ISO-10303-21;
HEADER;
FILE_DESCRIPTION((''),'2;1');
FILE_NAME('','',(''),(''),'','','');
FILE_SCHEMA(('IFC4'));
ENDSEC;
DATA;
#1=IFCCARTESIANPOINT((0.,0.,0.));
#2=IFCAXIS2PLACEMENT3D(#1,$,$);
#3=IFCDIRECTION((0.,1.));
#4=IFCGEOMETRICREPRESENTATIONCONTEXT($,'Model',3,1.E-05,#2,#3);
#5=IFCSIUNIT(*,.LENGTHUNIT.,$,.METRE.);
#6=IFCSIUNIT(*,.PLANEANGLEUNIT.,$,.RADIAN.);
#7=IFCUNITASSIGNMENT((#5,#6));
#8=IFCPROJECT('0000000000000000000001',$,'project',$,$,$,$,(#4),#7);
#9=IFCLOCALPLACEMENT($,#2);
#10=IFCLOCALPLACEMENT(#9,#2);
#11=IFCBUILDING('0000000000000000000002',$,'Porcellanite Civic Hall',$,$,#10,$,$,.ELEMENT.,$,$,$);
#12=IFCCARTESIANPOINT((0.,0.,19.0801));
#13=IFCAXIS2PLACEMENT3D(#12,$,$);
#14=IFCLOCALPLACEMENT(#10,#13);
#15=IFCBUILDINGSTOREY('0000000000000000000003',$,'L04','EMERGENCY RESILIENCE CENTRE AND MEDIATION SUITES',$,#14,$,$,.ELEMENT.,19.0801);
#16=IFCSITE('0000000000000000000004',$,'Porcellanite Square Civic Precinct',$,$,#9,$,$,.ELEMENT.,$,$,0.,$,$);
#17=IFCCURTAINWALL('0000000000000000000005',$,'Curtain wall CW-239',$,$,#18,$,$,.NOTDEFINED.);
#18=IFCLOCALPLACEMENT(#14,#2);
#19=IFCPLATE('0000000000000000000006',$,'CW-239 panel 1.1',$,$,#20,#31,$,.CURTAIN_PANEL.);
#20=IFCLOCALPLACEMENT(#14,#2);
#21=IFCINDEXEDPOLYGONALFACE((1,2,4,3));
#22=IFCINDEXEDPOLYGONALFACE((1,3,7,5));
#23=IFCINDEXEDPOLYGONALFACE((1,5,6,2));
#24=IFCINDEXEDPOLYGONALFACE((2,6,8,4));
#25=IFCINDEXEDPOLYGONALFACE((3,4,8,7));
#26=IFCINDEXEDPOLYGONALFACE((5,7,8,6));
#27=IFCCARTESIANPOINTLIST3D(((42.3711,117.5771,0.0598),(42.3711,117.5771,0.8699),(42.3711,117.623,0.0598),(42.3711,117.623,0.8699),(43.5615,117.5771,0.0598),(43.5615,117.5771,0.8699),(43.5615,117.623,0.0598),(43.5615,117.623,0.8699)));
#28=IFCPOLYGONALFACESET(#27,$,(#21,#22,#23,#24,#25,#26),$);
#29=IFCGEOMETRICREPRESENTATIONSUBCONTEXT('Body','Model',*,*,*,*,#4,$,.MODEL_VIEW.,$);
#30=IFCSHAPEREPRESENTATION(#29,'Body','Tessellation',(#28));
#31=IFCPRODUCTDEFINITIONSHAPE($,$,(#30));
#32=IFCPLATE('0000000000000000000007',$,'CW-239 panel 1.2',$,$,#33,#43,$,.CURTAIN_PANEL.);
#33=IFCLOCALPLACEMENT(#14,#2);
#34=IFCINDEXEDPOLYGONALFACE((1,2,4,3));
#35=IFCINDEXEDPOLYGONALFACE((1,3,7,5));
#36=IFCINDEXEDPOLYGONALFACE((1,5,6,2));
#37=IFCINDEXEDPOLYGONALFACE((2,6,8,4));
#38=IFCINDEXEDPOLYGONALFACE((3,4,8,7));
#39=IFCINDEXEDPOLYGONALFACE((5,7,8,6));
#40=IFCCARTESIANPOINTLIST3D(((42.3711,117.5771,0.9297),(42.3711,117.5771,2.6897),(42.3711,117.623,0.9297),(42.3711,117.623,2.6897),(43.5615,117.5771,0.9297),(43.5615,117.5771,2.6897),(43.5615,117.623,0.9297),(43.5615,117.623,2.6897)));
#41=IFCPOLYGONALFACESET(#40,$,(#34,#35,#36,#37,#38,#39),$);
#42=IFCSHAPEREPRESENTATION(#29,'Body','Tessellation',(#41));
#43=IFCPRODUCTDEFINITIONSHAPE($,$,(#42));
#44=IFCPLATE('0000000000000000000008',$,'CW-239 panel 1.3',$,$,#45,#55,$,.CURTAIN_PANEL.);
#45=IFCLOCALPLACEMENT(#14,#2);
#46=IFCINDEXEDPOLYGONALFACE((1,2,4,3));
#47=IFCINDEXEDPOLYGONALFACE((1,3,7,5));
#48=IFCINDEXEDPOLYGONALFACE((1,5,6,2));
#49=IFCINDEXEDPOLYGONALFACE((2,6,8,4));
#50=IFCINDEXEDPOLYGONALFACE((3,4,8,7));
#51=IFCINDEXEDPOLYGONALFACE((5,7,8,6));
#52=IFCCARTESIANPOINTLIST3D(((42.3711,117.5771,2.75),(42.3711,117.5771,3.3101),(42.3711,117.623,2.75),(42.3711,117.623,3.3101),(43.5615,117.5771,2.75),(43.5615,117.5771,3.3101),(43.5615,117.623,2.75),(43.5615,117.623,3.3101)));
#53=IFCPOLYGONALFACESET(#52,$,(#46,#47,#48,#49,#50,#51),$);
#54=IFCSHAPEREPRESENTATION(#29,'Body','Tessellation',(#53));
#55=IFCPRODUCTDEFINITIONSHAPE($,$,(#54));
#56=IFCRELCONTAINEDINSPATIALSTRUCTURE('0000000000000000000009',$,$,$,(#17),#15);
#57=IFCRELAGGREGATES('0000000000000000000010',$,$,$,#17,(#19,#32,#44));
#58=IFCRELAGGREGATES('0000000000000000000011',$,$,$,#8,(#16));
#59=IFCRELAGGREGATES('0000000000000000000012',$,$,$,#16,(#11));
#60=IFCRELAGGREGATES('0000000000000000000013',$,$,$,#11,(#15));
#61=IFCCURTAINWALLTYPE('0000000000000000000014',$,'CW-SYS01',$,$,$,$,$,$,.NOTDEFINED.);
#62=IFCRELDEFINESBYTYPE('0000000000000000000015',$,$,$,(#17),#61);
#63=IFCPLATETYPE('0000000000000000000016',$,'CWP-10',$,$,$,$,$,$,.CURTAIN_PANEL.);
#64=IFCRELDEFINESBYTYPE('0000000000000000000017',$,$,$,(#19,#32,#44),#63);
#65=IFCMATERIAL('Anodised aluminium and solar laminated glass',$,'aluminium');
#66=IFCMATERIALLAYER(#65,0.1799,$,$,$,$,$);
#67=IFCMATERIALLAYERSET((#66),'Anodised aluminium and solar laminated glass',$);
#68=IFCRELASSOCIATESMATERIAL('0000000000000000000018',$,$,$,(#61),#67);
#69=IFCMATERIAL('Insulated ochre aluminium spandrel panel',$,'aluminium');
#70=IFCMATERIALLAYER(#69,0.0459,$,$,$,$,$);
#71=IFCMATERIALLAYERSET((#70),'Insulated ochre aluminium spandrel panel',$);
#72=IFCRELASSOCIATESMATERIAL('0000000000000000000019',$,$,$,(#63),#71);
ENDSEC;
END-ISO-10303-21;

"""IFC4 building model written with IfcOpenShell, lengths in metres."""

from ifc_helpers import new_model, si_unit, direction, frame, origin, origin_2d, place, context, subcontext, project, spatial, rectangle, extrude, material, layer, layer_set, type_object, element, aggregate, save


model = new_model("IFC4")

# Units and contexts
model_context = context("Model", 3, precision=1e-05, world=origin(), true_north=direction((0.0, 1.0)))
body_context = subcontext(model_context, "Body", "Model", "MODEL_VIEW")
ifc_project = project(units=[si_unit("LENGTHUNIT", "METRE"), si_unit("PLANEANGLEUNIT", "RADIAN")], contexts=[model_context])

# Site, building, storey
site_placement = place(None, origin())
site = spatial("IfcSite", under=ifc_project, at=site_placement, Name="Porcellanite Square Civic Precinct", CompositionType="ELEMENT", RefElevation=0.0)
building_placement = place(site_placement, origin())
building = spatial("IfcBuilding", under=site, at=building_placement, Name="Porcellanite Civic Hall", CompositionType="ELEMENT")
storey_placement = place(building_placement, frame((0.0, 0.0, 19.0801)))
storey = spatial("IfcBuildingStorey", under=building, at=storey_placement, Name="L04", Description="EMERGENCY RESILIENCE CENTRE AND MEDIATION SUITES", CompositionType="ELEMENT", Elevation=19.0801)

# Curtain wall
ifc_material_1 = material(Name="Anodised aluminium and solar laminated glass", Category="aluminium")
ifc_layer_1 = layer(ifc_material_1, 0.1799)
ifc_layer_set_1 = layer_set([ifc_layer_1], Name="Anodised aluminium and solar laminated glass")
curtain_wall_type_1 = type_object("IfcCurtainWallType", Name="CW-SYS01", PredefinedType="NOTDEFINED", material=ifc_layer_set_1)
curtain_wall_1_placement = place(storey_placement, origin())
curtain_wall_1 = element("IfcCurtainWall", 1, at=curtain_wall_1_placement, inside=storey, type_object=curtain_wall_type_1, Name="Curtain wall CW-239", PredefinedType="NOTDEFINED")

# Plates
ifc_material_2 = material(Name="Insulated ochre aluminium spandrel panel", Category="aluminium")
ifc_layer_2 = layer(ifc_material_2, 0.0459)
ifc_layer_set_2 = layer_set([ifc_layer_2], Name="Insulated ochre aluminium spandrel panel")
plate_type_1 = type_object("IfcPlateType", Name="CWP-10", PredefinedType="CURTAIN_PANEL", material=ifc_layer_set_2)
plate_1_placement = place(storey_placement, frame((42.9663, 117.6001, 0.0598), z_axis=(0.0, 0.0, 1.0), x_axis=(1.0, 0.0, 0.0)))
plate_1 = element("IfcPlate", 2, at=plate_1_placement, type_object=plate_type_1, Name="CW-239 panel 1.1", PredefinedType="CURTAIN_PANEL", context=body_context, shape_type="SweptSolid", body=[
    extrude(rectangle(XDim=1.1904, YDim=0.0459, at=origin_2d()), origin(), (0.0, 0.0, 1.0), 0.8101),
])
plate_2_placement = place(storey_placement, frame((42.9663, 117.6001, 0.9297), z_axis=(0.0, 0.0, 1.0), x_axis=(1.0, 0.0, 0.0)))
plate_2 = element("IfcPlate", 3, at=plate_2_placement, type_object=plate_type_1, Name="CW-239 panel 1.2", PredefinedType="CURTAIN_PANEL", context=body_context, shape_type="SweptSolid", body=[
    extrude(rectangle(XDim=1.1904, YDim=0.0459, at=origin_2d()), origin(), (0.0, 0.0, 1.0), 1.76),
])
plate_3_placement = place(storey_placement, frame((42.9663, 117.6001, 2.75), z_axis=(0.0, 0.0, 1.0), x_axis=(1.0, 0.0, 0.0)))
plate_3 = element("IfcPlate", 4, at=plate_3_placement, type_object=plate_type_1, Name="CW-239 panel 1.3", PredefinedType="CURTAIN_PANEL", context=body_context, shape_type="SweptSolid", body=[
    extrude(rectangle(XDim=1.1904, YDim=0.0459, at=origin_2d()), origin(), (0.0, 0.0, 1.0), 0.5601),
])
aggregate(curtain_wall_1, [plate_1, plate_2, plate_3])

save(model, "model.ifc")
